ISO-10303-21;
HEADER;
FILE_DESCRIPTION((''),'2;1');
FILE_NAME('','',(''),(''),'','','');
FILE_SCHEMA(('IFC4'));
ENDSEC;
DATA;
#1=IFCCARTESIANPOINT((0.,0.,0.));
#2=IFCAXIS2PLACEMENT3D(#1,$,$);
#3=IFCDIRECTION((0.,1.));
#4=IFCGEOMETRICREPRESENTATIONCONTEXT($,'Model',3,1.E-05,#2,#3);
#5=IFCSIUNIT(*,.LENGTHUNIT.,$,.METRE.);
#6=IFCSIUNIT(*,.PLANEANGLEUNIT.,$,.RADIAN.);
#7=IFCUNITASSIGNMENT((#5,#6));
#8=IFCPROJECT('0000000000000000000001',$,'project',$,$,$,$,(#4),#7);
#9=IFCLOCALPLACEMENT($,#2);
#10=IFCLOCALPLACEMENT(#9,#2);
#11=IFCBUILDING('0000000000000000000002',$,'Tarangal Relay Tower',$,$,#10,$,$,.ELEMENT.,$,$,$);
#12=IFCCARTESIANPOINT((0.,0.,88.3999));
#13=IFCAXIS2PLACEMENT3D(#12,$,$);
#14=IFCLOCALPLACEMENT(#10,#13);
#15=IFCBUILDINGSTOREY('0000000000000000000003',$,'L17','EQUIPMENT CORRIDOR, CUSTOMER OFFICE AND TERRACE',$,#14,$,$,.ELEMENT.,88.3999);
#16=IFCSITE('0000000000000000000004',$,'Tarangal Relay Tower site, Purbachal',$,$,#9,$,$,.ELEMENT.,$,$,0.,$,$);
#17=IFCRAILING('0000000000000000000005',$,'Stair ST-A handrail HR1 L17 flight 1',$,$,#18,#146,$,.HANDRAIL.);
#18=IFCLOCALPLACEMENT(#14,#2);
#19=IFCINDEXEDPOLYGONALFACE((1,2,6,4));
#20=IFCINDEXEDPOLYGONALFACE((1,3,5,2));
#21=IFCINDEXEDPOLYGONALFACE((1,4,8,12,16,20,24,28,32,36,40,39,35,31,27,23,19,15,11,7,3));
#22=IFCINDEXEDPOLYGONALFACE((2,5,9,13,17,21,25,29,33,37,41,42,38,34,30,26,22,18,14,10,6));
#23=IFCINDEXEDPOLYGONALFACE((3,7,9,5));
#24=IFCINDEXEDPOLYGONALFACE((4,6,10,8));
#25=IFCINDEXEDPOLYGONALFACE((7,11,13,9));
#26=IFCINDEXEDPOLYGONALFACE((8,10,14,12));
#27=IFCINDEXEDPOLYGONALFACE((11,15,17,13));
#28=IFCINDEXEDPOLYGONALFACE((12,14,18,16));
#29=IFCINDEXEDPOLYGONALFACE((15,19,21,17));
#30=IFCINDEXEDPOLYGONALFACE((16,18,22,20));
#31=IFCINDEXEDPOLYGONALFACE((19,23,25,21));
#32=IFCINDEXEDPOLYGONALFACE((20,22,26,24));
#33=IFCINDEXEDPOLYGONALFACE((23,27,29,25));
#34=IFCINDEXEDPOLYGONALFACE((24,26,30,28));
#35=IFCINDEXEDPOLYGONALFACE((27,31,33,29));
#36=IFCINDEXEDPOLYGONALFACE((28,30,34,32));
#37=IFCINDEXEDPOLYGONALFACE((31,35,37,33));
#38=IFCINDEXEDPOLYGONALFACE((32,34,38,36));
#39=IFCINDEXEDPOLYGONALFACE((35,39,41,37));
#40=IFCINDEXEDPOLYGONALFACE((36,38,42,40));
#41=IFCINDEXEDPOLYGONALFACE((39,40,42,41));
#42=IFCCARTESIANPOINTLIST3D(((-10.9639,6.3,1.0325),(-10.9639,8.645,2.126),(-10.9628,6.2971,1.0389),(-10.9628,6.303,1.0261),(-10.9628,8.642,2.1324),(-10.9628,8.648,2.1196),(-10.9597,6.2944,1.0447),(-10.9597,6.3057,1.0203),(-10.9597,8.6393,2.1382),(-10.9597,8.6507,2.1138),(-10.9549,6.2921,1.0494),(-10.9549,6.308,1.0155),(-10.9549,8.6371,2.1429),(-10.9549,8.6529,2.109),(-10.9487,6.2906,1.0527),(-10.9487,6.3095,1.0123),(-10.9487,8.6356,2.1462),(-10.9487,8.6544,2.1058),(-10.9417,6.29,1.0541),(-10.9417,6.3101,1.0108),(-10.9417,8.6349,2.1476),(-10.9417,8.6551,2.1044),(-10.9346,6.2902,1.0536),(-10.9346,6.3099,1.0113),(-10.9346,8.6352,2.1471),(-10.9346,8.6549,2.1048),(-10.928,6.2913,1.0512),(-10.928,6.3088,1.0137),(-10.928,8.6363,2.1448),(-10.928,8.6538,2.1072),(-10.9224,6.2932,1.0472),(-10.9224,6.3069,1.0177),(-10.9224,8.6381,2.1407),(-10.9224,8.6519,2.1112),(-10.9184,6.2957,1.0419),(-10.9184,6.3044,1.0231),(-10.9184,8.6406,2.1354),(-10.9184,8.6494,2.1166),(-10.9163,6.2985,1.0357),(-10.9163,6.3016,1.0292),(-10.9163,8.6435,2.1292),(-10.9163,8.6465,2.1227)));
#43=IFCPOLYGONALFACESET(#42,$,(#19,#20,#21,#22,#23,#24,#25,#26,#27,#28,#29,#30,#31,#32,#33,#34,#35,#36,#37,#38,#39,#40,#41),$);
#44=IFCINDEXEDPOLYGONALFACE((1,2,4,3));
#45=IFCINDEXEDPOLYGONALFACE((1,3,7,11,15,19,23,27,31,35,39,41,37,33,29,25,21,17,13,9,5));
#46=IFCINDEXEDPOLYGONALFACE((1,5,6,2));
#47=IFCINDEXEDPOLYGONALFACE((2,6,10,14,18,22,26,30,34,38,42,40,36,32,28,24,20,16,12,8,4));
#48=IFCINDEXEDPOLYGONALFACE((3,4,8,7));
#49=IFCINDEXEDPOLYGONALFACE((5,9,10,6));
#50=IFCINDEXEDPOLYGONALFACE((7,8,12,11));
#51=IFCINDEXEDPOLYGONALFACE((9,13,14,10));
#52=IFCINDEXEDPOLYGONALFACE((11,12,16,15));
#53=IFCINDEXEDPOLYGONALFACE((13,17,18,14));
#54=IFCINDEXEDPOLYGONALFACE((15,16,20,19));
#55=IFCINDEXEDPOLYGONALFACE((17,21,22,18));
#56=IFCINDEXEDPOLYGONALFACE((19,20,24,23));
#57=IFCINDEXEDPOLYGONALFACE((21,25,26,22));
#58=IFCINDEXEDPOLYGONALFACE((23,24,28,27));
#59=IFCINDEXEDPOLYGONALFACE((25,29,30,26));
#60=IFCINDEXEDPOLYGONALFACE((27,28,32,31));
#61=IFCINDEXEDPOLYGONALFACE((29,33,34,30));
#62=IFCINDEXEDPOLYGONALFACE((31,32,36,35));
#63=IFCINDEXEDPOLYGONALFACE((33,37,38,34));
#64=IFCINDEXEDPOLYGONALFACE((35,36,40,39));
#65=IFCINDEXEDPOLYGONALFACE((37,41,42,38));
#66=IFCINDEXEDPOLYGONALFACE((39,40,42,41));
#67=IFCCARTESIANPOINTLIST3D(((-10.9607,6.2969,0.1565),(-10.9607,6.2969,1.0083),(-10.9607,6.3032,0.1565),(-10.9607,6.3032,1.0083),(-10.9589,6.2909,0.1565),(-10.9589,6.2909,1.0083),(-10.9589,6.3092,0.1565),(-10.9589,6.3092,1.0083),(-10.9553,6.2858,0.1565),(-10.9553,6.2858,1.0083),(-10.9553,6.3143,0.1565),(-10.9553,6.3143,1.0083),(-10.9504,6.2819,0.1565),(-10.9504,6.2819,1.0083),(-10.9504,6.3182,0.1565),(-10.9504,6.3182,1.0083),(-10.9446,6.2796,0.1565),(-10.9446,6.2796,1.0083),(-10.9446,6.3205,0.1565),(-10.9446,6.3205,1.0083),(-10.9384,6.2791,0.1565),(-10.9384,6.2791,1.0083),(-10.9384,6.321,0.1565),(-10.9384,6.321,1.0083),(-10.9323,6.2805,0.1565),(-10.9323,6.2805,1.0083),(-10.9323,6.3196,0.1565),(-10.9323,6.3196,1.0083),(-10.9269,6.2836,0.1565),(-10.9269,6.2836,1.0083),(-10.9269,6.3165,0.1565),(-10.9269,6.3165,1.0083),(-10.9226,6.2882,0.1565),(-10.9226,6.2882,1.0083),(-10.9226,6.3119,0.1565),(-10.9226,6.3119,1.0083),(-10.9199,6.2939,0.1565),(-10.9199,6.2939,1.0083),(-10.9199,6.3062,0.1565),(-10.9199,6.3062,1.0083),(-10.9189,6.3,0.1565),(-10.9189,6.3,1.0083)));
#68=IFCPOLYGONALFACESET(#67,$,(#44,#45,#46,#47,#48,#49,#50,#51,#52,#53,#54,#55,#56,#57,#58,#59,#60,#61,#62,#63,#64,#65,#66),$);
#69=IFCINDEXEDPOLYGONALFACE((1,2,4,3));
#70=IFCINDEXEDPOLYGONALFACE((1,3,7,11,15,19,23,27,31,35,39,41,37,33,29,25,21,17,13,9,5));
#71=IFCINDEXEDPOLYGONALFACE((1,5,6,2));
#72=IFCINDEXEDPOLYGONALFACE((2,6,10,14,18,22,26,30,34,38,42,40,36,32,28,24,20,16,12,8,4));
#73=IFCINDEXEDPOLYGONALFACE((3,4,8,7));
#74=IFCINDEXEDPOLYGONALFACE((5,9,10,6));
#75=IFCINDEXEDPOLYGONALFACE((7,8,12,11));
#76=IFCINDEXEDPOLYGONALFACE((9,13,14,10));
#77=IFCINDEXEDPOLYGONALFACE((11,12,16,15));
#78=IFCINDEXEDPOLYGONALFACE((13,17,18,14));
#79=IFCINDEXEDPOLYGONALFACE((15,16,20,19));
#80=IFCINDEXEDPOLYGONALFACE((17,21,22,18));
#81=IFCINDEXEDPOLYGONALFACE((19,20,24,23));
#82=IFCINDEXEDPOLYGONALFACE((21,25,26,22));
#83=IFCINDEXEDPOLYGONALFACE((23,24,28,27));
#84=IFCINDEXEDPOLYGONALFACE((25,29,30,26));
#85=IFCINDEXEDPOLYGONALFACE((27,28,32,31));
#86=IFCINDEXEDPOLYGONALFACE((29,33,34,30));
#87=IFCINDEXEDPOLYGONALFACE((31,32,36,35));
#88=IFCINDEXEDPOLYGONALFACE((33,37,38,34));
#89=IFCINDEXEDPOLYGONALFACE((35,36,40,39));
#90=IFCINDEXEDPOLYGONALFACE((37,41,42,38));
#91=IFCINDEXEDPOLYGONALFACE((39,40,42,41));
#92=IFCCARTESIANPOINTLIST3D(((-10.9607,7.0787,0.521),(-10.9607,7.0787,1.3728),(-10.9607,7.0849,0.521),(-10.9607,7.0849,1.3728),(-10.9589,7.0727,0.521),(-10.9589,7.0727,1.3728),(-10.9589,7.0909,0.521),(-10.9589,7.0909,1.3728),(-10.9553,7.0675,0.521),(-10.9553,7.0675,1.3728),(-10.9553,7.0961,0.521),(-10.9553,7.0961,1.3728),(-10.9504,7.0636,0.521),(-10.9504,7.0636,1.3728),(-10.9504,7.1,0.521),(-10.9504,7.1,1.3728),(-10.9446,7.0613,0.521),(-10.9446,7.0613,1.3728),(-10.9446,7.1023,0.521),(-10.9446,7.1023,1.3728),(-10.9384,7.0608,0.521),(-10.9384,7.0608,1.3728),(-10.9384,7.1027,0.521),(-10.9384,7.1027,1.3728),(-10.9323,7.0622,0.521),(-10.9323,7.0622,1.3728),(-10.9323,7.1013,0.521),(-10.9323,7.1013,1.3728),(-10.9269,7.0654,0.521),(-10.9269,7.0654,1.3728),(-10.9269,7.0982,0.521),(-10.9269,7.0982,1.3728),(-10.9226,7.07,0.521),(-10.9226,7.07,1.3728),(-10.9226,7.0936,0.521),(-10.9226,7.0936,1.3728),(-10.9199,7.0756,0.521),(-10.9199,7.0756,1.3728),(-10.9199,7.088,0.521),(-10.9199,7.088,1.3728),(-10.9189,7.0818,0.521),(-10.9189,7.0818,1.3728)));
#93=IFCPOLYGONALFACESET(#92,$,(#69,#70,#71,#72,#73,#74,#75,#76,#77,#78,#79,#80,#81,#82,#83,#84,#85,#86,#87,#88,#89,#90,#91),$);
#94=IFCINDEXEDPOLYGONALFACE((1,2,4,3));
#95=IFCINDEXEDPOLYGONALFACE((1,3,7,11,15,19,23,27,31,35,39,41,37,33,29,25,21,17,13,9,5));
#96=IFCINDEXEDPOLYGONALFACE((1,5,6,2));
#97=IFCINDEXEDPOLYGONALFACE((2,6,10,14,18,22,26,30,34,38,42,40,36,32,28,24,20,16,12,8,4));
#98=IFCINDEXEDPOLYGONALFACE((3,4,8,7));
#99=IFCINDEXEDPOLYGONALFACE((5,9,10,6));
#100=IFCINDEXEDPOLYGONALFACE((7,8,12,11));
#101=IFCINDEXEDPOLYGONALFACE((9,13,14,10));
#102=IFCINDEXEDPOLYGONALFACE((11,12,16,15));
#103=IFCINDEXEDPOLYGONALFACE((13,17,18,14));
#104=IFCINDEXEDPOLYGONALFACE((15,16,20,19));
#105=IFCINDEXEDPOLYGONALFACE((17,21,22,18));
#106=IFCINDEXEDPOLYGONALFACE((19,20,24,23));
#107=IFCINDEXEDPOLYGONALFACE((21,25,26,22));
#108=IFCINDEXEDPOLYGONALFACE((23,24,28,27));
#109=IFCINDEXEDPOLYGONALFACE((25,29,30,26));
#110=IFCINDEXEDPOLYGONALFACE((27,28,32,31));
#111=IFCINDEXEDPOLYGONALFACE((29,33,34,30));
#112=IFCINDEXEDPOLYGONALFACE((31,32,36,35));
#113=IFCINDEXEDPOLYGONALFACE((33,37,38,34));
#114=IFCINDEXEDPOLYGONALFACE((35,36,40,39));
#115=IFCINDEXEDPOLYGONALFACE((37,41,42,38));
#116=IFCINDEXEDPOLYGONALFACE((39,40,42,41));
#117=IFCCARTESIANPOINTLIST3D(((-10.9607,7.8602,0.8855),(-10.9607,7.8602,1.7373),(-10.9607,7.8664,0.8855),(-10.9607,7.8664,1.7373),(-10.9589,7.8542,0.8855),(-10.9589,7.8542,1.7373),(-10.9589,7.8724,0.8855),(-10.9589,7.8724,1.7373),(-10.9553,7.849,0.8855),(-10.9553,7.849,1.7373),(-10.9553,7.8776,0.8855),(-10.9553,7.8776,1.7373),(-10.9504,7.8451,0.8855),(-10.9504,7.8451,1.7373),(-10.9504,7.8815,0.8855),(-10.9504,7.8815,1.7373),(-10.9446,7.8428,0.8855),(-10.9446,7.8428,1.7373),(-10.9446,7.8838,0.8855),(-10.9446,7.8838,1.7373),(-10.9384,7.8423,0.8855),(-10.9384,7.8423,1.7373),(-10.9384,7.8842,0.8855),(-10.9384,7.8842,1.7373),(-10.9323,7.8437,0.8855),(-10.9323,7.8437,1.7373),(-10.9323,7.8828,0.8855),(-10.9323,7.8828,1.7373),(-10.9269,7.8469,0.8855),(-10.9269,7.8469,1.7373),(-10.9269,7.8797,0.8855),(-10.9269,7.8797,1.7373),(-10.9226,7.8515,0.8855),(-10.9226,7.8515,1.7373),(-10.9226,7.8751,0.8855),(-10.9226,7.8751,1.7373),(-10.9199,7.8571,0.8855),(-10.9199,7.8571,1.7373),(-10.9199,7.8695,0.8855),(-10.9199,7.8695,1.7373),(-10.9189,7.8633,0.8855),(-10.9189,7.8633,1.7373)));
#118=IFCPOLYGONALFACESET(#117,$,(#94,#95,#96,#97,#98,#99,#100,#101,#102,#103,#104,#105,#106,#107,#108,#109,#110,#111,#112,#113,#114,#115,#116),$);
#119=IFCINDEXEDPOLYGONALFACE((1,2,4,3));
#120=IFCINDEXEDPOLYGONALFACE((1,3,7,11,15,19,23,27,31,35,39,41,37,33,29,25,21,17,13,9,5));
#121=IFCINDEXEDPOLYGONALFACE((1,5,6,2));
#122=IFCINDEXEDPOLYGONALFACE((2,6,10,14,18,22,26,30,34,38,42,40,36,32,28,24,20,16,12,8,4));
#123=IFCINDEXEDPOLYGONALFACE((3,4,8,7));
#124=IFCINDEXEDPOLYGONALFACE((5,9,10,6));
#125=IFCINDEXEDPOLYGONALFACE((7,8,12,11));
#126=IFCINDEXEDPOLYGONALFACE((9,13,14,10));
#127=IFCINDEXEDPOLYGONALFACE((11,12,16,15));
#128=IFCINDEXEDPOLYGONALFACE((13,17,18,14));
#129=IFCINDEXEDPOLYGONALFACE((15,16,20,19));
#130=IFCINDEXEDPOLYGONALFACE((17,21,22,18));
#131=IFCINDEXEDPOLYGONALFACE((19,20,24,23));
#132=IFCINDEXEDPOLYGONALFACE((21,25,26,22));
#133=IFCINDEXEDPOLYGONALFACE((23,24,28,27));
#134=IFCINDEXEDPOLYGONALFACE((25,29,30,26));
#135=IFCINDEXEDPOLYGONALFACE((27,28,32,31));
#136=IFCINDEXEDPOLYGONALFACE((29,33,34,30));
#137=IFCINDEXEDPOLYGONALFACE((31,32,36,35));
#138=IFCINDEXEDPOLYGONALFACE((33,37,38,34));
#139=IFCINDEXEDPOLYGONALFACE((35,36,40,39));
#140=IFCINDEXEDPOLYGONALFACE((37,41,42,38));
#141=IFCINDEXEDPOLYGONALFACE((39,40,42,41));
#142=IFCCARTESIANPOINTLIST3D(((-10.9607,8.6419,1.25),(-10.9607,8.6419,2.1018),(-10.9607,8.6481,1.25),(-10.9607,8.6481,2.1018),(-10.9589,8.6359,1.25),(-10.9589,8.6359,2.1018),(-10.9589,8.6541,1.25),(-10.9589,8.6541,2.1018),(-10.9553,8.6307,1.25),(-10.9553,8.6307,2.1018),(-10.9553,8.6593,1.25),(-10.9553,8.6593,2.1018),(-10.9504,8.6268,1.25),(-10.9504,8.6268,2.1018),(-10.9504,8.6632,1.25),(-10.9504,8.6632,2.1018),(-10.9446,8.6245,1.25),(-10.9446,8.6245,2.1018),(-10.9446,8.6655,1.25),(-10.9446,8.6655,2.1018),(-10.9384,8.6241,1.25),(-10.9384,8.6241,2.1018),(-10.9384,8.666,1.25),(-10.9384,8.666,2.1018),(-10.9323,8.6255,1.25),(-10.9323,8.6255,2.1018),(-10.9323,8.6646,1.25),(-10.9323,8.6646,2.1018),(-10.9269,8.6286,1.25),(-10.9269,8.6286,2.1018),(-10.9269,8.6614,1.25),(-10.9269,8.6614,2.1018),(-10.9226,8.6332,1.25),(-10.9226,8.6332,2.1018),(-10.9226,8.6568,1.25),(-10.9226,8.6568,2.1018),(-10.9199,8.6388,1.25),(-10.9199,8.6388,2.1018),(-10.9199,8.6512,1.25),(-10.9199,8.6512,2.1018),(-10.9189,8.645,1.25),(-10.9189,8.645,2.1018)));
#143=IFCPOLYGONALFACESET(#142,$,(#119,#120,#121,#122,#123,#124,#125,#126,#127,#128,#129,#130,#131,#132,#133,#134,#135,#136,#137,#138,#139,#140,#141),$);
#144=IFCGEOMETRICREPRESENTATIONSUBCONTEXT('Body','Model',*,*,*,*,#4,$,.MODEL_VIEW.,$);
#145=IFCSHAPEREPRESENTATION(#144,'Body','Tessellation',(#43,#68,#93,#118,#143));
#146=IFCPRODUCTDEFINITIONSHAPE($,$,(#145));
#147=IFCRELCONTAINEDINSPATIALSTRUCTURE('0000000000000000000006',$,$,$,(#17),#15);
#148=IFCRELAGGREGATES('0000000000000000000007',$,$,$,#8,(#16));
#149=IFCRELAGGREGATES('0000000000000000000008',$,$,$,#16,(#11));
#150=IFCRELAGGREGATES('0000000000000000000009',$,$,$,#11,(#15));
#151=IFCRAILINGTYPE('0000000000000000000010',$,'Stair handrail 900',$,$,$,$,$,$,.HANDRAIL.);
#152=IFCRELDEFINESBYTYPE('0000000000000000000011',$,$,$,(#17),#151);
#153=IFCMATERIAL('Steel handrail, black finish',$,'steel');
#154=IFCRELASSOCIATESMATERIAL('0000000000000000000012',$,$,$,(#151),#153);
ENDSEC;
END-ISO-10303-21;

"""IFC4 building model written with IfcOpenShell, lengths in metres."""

from ifc_helpers import new_model, si_unit, direction, frame, origin, origin_2d, place, context, subcontext, project, spatial, circle, extrude, material, type_object, element, save


model = new_model("IFC4")

# Units and contexts
model_context = context("Model", 3, precision=1e-05, world=origin(), true_north=direction((0.0, 1.0)))
body_context = subcontext(model_context, "Body", "Model", "MODEL_VIEW")
ifc_project = project(units=[si_unit("LENGTHUNIT", "METRE"), si_unit("PLANEANGLEUNIT", "RADIAN")], contexts=[model_context])

# Site, building, storey
site_placement = place(None, origin())
site = spatial("IfcSite", under=ifc_project, at=site_placement, Name="Tarangal Relay Tower site, Purbachal", CompositionType="ELEMENT", RefElevation=0.0)
building_placement = place(site_placement, origin())
building = spatial("IfcBuilding", under=site, at=building_placement, Name="Tarangal Relay Tower", CompositionType="ELEMENT")
storey_placement = place(building_placement, frame((0.0, 0.0, 88.3999)))
storey = spatial("IfcBuildingStorey", under=building, at=storey_placement, Name="L17", Description="EQUIPMENT CORRIDOR, CUSTOMER OFFICE AND TERRACE", CompositionType="ELEMENT", Elevation=88.3999)

# Railing
ifc_material_1 = material(Name="Steel handrail, black finish", Category="steel")
railing_type = type_object("IfcRailingType", Name="Stair handrail 900", PredefinedType="HANDRAIL", material=ifc_material_1)
for number, where, name in (
    (1, (-10.9399, 6.3, 0.1565), "Stair ST-A handrail HR1 L17 flight 1"),
):
    element("IfcRailing", number, at=place(storey_placement, frame(where)), inside=storey, type_object=railing_type, Name=name, PredefinedType="HANDRAIL", context=body_context, shape_type="SweptSolid", body=[
        extrude(circle(Radius=0.0239, at=origin_2d()), frame((0.0, 0.0, 0.876), z_axis=(0.0, 0.906304, 0.422627), x_axis=(-1.0, 0.0, 0.0)), (0.0, 0.0, 1.0), 2.5874),
        extrude(circle(Radius=0.021, at=origin_2d()), origin(), (0.0, 0.0, 1.0), 0.8518),
        extrude(circle(Radius=0.021, at=origin_2d()), frame((0.0, 0.7817, 0.3645)), (0.0, 0.0, 1.0), 0.8518),
        extrude(circle(Radius=0.021, at=origin_2d()), frame((0.0, 1.5632, 0.729)), (0.0, 0.0, 1.0), 0.8518),
        extrude(circle(Radius=0.021, at=origin_2d()), frame((0.0, 2.345, 1.0935)), (0.0, 0.0, 1.0), 0.8518),
    ])

save(model, "model.ifc")
